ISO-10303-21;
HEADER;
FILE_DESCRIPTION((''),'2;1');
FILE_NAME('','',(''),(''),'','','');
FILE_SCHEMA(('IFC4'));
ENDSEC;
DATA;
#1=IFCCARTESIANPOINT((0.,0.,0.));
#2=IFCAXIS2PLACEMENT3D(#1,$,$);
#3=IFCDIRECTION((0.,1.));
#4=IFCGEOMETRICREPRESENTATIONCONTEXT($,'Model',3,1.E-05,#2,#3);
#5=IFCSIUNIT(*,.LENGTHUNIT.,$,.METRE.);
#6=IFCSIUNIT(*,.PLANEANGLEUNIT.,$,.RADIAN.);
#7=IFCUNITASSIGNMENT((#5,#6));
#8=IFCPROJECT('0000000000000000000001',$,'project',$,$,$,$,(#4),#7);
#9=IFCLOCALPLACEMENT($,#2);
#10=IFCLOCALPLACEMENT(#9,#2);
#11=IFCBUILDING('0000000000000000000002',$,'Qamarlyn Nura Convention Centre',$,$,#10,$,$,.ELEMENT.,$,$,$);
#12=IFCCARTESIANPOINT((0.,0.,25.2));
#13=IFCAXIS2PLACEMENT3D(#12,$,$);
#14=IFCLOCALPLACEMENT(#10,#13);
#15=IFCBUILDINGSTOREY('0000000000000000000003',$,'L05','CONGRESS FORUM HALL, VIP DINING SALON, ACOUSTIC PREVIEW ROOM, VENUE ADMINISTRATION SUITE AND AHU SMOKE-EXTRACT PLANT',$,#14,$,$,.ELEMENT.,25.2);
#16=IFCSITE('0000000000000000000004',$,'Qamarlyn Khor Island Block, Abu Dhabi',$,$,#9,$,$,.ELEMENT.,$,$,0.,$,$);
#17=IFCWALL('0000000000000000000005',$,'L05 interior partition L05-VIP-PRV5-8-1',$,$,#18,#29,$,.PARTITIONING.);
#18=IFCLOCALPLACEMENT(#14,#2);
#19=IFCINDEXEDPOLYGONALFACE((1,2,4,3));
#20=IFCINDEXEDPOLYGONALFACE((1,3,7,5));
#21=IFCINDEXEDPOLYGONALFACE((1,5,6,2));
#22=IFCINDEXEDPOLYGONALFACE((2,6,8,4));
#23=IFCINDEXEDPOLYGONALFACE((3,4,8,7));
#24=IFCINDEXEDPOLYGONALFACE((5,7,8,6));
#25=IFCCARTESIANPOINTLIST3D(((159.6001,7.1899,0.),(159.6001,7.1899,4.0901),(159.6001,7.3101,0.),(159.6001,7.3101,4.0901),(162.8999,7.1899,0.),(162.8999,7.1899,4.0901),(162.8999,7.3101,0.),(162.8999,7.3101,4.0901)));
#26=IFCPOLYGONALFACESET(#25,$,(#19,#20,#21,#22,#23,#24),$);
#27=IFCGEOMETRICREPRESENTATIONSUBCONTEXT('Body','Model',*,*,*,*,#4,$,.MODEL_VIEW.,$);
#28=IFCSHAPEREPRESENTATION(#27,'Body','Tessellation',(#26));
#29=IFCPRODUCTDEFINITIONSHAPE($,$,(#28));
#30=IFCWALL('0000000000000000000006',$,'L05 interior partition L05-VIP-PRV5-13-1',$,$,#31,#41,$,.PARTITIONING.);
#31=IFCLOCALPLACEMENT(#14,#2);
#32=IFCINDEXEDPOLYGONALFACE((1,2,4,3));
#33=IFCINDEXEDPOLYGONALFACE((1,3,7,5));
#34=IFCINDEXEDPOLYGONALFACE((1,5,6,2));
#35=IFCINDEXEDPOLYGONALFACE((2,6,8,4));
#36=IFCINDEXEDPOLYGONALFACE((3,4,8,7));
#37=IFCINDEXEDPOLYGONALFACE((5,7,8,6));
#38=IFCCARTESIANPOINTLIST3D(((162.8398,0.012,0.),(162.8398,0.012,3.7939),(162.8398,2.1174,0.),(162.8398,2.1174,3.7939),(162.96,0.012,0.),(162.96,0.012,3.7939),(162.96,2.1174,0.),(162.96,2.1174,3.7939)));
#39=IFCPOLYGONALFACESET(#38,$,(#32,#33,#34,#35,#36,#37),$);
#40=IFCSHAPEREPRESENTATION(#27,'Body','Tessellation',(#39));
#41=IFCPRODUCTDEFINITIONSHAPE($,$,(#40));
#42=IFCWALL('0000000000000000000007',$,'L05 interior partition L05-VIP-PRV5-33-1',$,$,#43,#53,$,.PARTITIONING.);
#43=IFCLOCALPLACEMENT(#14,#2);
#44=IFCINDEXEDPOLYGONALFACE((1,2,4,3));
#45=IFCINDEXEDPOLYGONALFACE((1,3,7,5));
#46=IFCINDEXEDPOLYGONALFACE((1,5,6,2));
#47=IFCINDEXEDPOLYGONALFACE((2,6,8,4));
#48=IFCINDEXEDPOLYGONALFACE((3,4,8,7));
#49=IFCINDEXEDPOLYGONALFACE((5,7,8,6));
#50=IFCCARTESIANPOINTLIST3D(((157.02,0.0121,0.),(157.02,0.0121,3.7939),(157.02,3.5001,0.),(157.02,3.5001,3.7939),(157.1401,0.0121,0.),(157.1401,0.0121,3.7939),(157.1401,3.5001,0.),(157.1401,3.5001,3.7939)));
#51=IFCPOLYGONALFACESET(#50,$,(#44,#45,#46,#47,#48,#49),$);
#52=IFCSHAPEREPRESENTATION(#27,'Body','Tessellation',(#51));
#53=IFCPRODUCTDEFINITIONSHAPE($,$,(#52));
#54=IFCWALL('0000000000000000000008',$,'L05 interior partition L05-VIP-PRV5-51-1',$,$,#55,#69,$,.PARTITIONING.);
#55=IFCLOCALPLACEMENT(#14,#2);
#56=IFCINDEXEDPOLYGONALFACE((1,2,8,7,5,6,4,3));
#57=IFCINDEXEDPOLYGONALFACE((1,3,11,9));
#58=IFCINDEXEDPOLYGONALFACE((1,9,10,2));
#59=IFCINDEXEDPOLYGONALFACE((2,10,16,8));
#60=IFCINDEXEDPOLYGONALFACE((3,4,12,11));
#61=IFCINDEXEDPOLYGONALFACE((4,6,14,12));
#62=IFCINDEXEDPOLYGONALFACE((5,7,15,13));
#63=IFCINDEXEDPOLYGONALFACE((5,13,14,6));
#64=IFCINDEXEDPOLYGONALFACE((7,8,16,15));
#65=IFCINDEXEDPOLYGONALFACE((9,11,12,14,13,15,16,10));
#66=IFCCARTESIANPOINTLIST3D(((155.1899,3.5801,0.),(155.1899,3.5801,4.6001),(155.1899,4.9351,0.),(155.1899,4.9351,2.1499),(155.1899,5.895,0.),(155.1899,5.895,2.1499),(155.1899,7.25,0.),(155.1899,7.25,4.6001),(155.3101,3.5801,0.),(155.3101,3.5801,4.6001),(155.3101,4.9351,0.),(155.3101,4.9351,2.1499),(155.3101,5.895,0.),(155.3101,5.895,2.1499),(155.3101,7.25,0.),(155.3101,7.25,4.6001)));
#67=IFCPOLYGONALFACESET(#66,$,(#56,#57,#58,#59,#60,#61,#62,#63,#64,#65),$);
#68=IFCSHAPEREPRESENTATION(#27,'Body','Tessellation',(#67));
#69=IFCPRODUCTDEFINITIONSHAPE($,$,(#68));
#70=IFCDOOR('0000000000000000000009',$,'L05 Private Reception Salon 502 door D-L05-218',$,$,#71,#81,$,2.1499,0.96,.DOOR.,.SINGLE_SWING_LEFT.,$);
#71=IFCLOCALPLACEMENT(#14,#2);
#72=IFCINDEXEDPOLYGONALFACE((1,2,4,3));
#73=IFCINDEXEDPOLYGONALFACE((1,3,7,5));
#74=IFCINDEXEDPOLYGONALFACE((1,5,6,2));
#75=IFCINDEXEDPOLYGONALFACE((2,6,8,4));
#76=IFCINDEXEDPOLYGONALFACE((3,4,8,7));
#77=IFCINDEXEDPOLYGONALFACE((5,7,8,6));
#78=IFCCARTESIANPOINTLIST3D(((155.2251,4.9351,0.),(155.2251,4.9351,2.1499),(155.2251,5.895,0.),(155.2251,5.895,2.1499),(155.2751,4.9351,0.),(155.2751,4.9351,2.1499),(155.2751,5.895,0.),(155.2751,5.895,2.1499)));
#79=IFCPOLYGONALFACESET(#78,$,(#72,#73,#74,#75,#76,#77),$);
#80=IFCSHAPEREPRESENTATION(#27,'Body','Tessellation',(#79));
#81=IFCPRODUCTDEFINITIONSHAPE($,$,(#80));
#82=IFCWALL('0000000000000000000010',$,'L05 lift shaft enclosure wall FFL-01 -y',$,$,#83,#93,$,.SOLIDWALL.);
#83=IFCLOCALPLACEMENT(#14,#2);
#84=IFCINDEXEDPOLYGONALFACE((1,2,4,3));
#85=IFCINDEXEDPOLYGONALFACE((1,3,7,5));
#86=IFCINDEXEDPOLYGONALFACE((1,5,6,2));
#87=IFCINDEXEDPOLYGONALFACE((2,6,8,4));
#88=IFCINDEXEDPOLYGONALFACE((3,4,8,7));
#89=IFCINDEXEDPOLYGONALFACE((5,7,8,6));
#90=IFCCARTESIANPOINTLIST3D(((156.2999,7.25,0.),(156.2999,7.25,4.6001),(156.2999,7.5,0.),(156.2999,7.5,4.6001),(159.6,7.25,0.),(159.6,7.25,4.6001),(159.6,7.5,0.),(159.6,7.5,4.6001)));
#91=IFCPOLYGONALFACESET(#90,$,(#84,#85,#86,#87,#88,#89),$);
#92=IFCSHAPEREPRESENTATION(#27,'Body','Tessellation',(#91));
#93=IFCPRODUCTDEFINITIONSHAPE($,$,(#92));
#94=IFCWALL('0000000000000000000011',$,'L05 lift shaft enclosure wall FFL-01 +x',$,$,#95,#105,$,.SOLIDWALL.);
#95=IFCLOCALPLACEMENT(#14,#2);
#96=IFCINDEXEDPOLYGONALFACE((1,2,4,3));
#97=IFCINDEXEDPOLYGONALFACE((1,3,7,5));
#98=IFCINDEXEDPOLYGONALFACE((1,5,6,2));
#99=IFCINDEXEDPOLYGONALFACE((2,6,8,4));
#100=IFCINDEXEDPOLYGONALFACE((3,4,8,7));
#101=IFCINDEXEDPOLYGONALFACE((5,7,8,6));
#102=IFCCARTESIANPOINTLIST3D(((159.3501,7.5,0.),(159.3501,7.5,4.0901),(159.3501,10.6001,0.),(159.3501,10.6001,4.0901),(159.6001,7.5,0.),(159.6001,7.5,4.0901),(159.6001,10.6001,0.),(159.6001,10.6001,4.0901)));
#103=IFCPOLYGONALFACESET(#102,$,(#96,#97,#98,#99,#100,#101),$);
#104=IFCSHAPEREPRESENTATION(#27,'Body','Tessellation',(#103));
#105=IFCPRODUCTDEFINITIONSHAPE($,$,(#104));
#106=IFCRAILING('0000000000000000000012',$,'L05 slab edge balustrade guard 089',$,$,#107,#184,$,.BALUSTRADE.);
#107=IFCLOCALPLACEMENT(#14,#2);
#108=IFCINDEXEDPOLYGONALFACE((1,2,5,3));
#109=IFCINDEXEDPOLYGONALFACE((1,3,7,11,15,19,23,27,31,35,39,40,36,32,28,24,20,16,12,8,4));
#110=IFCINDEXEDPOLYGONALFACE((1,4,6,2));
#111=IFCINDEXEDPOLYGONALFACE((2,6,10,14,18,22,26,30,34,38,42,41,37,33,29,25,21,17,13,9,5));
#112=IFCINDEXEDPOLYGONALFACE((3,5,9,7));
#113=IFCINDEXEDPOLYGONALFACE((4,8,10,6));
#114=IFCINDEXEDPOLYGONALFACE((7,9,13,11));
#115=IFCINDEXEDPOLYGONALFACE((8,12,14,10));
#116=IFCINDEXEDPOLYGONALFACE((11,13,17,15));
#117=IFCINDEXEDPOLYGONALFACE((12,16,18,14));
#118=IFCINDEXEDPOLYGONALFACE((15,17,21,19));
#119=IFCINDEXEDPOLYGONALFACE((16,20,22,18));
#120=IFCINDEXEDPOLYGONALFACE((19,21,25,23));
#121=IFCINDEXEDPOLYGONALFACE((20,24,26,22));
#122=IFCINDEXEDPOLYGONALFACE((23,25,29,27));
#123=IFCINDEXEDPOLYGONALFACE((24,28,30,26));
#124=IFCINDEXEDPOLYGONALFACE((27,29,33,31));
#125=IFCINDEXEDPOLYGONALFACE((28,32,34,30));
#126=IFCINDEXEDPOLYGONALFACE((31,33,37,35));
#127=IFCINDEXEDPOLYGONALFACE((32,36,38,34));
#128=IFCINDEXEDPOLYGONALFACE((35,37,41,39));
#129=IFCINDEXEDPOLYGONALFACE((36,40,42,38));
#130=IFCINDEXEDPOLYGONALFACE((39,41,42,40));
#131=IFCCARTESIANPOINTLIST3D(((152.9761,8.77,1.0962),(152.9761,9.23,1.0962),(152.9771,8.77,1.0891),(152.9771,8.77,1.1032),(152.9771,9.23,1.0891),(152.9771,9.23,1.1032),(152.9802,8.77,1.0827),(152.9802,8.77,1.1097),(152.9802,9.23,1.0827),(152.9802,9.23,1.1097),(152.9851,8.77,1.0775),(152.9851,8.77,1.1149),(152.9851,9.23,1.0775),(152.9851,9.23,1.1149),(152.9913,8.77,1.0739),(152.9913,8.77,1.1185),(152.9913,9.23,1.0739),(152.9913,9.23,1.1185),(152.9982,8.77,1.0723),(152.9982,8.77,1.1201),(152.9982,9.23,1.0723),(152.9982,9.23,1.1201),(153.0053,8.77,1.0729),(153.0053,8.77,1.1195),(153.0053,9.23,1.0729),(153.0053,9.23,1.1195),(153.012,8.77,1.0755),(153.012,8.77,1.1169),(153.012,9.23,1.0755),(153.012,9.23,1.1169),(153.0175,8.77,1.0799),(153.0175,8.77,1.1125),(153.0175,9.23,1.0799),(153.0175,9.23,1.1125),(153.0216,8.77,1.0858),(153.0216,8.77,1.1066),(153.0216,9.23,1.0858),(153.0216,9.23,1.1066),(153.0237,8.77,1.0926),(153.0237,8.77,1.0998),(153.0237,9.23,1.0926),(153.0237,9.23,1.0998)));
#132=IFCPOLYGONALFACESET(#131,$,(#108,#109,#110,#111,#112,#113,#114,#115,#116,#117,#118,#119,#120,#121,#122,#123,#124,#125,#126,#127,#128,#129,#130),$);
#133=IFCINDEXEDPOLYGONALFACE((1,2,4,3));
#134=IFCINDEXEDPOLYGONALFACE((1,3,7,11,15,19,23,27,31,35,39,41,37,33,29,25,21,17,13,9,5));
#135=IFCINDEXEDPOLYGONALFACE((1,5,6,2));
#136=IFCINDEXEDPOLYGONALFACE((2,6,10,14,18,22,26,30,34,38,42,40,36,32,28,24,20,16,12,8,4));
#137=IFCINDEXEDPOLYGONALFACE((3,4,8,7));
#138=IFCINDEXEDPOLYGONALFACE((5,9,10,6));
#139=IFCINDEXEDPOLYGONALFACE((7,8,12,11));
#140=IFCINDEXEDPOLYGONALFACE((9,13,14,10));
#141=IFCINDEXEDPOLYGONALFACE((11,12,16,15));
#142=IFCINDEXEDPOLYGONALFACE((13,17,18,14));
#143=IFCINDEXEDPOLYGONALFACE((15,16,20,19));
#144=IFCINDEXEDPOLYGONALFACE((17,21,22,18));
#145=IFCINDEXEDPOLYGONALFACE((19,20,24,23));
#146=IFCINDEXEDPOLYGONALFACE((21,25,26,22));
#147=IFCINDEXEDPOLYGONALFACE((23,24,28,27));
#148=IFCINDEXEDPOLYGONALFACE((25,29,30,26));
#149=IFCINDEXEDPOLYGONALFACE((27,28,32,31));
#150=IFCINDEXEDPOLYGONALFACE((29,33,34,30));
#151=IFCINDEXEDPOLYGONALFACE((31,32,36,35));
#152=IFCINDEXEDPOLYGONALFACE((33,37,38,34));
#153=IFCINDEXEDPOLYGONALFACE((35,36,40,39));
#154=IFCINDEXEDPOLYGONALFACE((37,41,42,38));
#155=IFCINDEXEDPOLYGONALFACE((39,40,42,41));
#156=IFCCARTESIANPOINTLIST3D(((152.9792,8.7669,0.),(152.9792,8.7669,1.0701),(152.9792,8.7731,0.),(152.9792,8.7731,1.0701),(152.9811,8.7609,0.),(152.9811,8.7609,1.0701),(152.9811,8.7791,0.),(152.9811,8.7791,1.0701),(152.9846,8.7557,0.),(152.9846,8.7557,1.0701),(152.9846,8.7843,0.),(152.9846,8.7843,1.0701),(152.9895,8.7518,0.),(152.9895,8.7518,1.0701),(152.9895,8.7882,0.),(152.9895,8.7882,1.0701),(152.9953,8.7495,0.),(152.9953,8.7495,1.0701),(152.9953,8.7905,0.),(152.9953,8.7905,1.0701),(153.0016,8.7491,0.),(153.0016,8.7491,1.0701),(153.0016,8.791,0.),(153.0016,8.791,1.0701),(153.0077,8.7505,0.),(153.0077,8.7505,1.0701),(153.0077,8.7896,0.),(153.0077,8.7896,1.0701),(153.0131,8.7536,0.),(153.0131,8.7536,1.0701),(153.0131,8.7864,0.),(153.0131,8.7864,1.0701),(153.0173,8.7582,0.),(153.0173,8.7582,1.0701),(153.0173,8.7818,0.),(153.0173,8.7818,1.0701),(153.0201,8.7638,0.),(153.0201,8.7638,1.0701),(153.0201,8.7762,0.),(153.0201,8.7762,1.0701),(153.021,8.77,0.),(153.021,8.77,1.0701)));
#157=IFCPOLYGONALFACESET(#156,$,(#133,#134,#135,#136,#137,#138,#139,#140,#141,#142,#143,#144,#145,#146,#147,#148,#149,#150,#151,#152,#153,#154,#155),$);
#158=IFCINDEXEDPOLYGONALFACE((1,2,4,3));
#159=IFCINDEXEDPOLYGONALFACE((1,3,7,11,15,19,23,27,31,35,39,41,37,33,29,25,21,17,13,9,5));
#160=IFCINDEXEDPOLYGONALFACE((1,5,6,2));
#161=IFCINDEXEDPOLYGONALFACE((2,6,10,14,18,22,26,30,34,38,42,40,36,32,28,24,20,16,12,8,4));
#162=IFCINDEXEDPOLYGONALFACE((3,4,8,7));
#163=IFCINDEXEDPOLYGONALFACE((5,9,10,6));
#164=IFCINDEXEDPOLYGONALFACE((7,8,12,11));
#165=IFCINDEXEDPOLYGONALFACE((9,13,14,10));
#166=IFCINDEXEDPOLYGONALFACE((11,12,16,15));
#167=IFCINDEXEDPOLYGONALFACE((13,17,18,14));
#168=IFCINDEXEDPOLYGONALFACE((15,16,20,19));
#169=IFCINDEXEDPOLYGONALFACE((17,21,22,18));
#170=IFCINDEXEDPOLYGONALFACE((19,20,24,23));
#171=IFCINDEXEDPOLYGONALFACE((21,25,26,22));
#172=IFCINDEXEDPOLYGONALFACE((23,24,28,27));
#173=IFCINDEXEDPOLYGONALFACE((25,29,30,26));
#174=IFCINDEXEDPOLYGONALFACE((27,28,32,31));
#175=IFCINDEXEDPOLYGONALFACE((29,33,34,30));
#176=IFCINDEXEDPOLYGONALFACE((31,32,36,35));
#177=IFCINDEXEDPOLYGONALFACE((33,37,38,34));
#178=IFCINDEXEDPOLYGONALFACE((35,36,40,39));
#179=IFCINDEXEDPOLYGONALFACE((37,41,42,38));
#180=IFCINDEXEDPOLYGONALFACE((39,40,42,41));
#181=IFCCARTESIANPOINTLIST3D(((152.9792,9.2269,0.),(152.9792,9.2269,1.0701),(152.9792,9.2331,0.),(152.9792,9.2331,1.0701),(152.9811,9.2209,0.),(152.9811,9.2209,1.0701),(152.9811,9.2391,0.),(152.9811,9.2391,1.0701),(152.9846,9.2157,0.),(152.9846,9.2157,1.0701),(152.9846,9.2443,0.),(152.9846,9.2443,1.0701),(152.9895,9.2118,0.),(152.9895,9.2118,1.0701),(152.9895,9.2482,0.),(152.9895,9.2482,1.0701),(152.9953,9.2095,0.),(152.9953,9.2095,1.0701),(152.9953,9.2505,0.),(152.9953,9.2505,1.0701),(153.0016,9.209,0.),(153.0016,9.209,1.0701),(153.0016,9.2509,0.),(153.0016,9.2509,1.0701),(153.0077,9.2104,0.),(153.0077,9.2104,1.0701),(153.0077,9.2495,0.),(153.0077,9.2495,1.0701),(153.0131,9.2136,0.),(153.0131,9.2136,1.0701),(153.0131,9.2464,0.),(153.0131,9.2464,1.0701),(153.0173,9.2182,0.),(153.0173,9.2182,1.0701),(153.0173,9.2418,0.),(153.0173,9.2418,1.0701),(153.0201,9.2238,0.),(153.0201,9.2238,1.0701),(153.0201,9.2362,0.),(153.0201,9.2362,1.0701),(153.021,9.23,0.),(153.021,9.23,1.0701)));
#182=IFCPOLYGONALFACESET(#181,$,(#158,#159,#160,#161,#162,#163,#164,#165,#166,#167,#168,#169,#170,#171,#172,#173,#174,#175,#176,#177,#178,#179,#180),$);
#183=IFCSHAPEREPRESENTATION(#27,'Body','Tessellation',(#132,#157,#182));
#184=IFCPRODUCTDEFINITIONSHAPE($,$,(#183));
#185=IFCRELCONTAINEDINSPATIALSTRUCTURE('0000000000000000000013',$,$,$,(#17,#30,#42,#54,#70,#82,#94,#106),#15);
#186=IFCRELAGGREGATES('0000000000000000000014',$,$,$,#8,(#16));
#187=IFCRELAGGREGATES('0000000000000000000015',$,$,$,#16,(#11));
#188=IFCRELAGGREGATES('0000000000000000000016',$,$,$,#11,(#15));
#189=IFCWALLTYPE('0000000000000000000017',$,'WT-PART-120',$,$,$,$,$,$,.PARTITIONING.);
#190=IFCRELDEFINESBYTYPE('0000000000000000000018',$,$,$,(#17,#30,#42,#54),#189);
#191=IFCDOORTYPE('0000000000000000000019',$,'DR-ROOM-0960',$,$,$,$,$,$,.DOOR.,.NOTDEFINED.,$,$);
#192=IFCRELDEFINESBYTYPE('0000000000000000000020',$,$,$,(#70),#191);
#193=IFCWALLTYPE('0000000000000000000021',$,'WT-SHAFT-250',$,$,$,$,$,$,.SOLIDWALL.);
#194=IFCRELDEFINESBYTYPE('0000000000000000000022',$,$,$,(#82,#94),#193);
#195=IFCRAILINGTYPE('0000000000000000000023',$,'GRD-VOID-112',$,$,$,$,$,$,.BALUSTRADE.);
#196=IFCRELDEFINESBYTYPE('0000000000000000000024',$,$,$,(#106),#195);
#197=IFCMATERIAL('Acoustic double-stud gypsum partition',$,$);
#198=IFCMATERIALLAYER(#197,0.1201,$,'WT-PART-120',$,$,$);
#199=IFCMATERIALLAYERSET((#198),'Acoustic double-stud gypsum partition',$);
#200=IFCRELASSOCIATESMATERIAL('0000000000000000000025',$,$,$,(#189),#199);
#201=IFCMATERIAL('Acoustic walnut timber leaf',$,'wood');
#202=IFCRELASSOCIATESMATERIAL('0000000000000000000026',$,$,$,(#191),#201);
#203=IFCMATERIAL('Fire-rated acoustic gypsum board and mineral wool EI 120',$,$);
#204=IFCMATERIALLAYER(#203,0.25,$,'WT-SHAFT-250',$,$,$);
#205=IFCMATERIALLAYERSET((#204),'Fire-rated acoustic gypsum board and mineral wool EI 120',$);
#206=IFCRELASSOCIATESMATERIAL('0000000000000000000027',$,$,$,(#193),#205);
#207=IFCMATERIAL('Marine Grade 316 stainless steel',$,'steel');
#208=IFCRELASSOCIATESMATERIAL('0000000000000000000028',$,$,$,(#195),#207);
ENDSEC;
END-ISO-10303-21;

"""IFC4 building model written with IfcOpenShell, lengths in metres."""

from ifc_helpers import new_model, si_unit, direction, frame, frame_2d, origin, origin_2d, place, context, subcontext, project, spatial, rectangle, circle, extrude, material, layer, layer_set, type_object, element, fill, save


model = new_model("IFC4")

# Units and contexts
model_context = context("Model", 3, precision=1e-05, world=origin(), true_north=direction((0.0, 1.0)))
body_context = subcontext(model_context, "Body", "Model", "MODEL_VIEW")
ifc_project = project(units=[si_unit("LENGTHUNIT", "METRE"), si_unit("PLANEANGLEUNIT", "RADIAN")], contexts=[model_context])

# Site, building, storey
site_placement = place(None, origin())
site = spatial("IfcSite", under=ifc_project, at=site_placement, Name="Qamarlyn Khor Island Block, Abu Dhabi", CompositionType="ELEMENT", RefElevation=0.0)
building_placement = place(site_placement, origin())
building = spatial("IfcBuilding", under=site, at=building_placement, Name="Qamarlyn Nura Convention Centre", CompositionType="ELEMENT")
storey_placement = place(building_placement, frame((0.0, 0.0, 25.2)))
storey = spatial("IfcBuildingStorey", under=building, at=storey_placement, Name="L05", Description="CONGRESS FORUM HALL, VIP DINING SALON, ACOUSTIC PREVIEW ROOM, VENUE ADMINISTRATION SUITE AND AHU SMOKE-EXTRACT PLANT", CompositionType="ELEMENT", Elevation=25.2)

# Walls
ifc_material_1 = material(Name="Acoustic double-stud gypsum partition")
ifc_layer_1 = layer(ifc_material_1, 0.1201, Name="WT-PART-120")
ifc_layer_set_1 = layer_set([ifc_layer_1], Name="Acoustic double-stud gypsum partition")
wall_type_1 = type_object("IfcWallType", Name="WT-PART-120", PredefinedType="PARTITIONING", material=ifc_layer_set_1)
wall_1_placement = place(storey_placement, frame((159.6001, 7.25, 0.0), z_axis=(0.0, 0.0, 1.0), x_axis=(1.0, 0.0, 0.0)))
element("IfcWall", 1, at=wall_1_placement, inside=storey, type_object=wall_type_1, Name="L05 interior partition L05-VIP-PRV5-8-1", PredefinedType="PARTITIONING", context=body_context, shape_type="SweptSolid", body=[
    extrude(rectangle(XDim=3.2998, YDim=0.1201, at=frame_2d((1.6499, 0.0))), origin(), (0.0, 0.0, 1.0), 4.0901),
])
wall_2_placement = place(storey_placement, frame((162.8999, 2.1174, 0.0), z_axis=(0.0, 0.0, 1.0), x_axis=(0.0, -1.0, 0.0)))
element("IfcWall", 2, at=wall_2_placement, inside=storey, type_object=wall_type_1, Name="L05 interior partition L05-VIP-PRV5-13-1", PredefinedType="PARTITIONING", context=body_context, shape_type="SweptSolid", body=[
    extrude(rectangle(XDim=2.1055, YDim=0.1201, at=frame_2d((1.0527, 0.0))), origin(), (0.0, 0.0, 1.0), 3.7939),
])
wall_3_placement = place(storey_placement, frame((157.0801, 0.012, 0.0), z_axis=(0.0, 0.0, 1.0), x_axis=(0.0, 1.0, 0.0)))
element("IfcWall", 3, at=wall_3_placement, inside=storey, type_object=wall_type_1, Name="L05 interior partition L05-VIP-PRV5-33-1", PredefinedType="PARTITIONING", context=body_context, shape_type="SweptSolid", body=[
    extrude(rectangle(XDim=3.488, YDim=0.1201, at=frame_2d((1.7441, 0.0))), origin(), (0.0, 0.0, 1.0), 3.7939),
])

# Wall, opening, door
wall_4_placement = place(storey_placement, frame((155.25, 3.5801, 0.0), z_axis=(0.0, 0.0, 1.0), x_axis=(0.0, 1.0, 0.0)))
wall_4 = element("IfcWall", 4, at=wall_4_placement, inside=storey, type_object=wall_type_1, Name="L05 interior partition L05-VIP-PRV5-51-1", PredefinedType="PARTITIONING", context=body_context, shape_type="SweptSolid", body=[
    extrude(rectangle(XDim=3.6699, YDim=0.1201, at=frame_2d((1.835, 0.0))), origin(), (0.0, 0.0, 1.0), 4.6001),
])
opening_placement = place(wall_4_placement, frame((1.355, 0.0, 0.0)))
opening = element("IfcOpeningElement", 5, at=opening_placement, cuts=wall_4, PredefinedType="OPENING", context=body_context, shape_type="SweptSolid", body=[
    extrude(rectangle(XDim=0.96, YDim=2.1499, at=frame_2d((0.48, 1.075))), frame((0.0, 0.0701, 0.0), z_axis=(0.0, -1.0, 0.0), x_axis=(1.0, 0.0, 0.0)), (0.0, 0.0, 1.0), 0.1401),
])
ifc_material_2 = material(Name="Acoustic walnut timber leaf", Category="wood")
door_type = type_object("IfcDoorType", Name="DR-ROOM-0960", OperationType="NOTDEFINED", PredefinedType="DOOR", material=ifc_material_2)
door_placement = place(opening_placement, origin())
door = element("IfcDoor", 6, at=door_placement, inside=storey, type_object=door_type, Name="L05 Private Reception Salon 502 door D-L05-218", OperationType="SINGLE_SWING_LEFT", OverallHeight=2.1499, OverallWidth=0.96, PredefinedType="DOOR", context=body_context, shape_type="SweptSolid", body=[
    extrude(rectangle(XDim=0.96, YDim=2.1499, at=frame_2d((0.48, 1.075))), frame((0.0, 0.0249, 0.0), z_axis=(0.0, -1.0, 0.0), x_axis=(1.0, 0.0, 0.0)), (0.0, 0.0, 1.0), 0.05),
])
fill(opening, door)

# Walls
ifc_material_3 = material(Name="Fire-rated acoustic gypsum board and mineral wool EI 120")
ifc_layer_2 = layer(ifc_material_3, 0.25, Name="WT-SHAFT-250")
ifc_layer_set_2 = layer_set([ifc_layer_2], Name="Fire-rated acoustic gypsum board and mineral wool EI 120")
wall_type_2 = type_object("IfcWallType", Name="WT-SHAFT-250", PredefinedType="SOLIDWALL", material=ifc_layer_set_2)
wall_5_placement = place(storey_placement, frame((156.3, 7.375, 0.0), z_axis=(0.0, 0.0, 1.0), x_axis=(1.0, 0.0, 0.0)))
element("IfcWall", 7, at=wall_5_placement, inside=storey, type_object=wall_type_2, Name="L05 lift shaft enclosure wall FFL-01 -y", PredefinedType="SOLIDWALL", context=body_context, shape_type="SweptSolid", body=[
    extrude(rectangle(XDim=3.3, YDim=0.25, at=frame_2d((1.6499, 0.0))), origin(), (0.0, 0.0, 1.0), 4.6001),
])
wall_6_placement = place(storey_placement, frame((159.4751, 7.5, 0.0), z_axis=(0.0, 0.0, 1.0), x_axis=(0.0, 1.0, 0.0)))
element("IfcWall", 8, at=wall_6_placement, inside=storey, type_object=wall_type_2, Name="L05 lift shaft enclosure wall FFL-01 +x", PredefinedType="SOLIDWALL", context=body_context, shape_type="SweptSolid", body=[
    extrude(rectangle(XDim=3.1001, YDim=0.25, at=frame_2d((1.55, 0.0))), origin(), (0.0, 0.0, 1.0), 4.0901),
])

# Railing
ifc_material_4 = material(Name="Marine Grade 316 stainless steel", Category="steel")
railing_type = type_object("IfcRailingType", Name="GRD-VOID-112", PredefinedType="BALUSTRADE", material=ifc_material_4)
railing_1_placement = place(storey_placement, frame((153.0, 8.77, 0.0)))
element("IfcRailing", 9, at=railing_1_placement, inside=storey, type_object=railing_type, Name="L05 slab edge balustrade guard 089", PredefinedType="BALUSTRADE", context=body_context, shape_type="SweptSolid", body=[
    extrude(circle(Radius=0.0239, at=origin_2d()), frame((0.0, 0.0, 1.0962), z_axis=(0.0, 1.0, 0.0), x_axis=(-1.0, 0.0, 0.0)), (0.0, 0.0, 1.0), 0.46),
    extrude(circle(Radius=0.021, at=origin_2d()), origin(), (0.0, 0.0, 1.0), 1.0701),
    extrude(circle(Radius=0.021, at=origin_2d()), frame((0.0, 0.46, 0.0)), (0.0, 0.0, 1.0), 1.0701),
])

save(model, "model.ifc")
